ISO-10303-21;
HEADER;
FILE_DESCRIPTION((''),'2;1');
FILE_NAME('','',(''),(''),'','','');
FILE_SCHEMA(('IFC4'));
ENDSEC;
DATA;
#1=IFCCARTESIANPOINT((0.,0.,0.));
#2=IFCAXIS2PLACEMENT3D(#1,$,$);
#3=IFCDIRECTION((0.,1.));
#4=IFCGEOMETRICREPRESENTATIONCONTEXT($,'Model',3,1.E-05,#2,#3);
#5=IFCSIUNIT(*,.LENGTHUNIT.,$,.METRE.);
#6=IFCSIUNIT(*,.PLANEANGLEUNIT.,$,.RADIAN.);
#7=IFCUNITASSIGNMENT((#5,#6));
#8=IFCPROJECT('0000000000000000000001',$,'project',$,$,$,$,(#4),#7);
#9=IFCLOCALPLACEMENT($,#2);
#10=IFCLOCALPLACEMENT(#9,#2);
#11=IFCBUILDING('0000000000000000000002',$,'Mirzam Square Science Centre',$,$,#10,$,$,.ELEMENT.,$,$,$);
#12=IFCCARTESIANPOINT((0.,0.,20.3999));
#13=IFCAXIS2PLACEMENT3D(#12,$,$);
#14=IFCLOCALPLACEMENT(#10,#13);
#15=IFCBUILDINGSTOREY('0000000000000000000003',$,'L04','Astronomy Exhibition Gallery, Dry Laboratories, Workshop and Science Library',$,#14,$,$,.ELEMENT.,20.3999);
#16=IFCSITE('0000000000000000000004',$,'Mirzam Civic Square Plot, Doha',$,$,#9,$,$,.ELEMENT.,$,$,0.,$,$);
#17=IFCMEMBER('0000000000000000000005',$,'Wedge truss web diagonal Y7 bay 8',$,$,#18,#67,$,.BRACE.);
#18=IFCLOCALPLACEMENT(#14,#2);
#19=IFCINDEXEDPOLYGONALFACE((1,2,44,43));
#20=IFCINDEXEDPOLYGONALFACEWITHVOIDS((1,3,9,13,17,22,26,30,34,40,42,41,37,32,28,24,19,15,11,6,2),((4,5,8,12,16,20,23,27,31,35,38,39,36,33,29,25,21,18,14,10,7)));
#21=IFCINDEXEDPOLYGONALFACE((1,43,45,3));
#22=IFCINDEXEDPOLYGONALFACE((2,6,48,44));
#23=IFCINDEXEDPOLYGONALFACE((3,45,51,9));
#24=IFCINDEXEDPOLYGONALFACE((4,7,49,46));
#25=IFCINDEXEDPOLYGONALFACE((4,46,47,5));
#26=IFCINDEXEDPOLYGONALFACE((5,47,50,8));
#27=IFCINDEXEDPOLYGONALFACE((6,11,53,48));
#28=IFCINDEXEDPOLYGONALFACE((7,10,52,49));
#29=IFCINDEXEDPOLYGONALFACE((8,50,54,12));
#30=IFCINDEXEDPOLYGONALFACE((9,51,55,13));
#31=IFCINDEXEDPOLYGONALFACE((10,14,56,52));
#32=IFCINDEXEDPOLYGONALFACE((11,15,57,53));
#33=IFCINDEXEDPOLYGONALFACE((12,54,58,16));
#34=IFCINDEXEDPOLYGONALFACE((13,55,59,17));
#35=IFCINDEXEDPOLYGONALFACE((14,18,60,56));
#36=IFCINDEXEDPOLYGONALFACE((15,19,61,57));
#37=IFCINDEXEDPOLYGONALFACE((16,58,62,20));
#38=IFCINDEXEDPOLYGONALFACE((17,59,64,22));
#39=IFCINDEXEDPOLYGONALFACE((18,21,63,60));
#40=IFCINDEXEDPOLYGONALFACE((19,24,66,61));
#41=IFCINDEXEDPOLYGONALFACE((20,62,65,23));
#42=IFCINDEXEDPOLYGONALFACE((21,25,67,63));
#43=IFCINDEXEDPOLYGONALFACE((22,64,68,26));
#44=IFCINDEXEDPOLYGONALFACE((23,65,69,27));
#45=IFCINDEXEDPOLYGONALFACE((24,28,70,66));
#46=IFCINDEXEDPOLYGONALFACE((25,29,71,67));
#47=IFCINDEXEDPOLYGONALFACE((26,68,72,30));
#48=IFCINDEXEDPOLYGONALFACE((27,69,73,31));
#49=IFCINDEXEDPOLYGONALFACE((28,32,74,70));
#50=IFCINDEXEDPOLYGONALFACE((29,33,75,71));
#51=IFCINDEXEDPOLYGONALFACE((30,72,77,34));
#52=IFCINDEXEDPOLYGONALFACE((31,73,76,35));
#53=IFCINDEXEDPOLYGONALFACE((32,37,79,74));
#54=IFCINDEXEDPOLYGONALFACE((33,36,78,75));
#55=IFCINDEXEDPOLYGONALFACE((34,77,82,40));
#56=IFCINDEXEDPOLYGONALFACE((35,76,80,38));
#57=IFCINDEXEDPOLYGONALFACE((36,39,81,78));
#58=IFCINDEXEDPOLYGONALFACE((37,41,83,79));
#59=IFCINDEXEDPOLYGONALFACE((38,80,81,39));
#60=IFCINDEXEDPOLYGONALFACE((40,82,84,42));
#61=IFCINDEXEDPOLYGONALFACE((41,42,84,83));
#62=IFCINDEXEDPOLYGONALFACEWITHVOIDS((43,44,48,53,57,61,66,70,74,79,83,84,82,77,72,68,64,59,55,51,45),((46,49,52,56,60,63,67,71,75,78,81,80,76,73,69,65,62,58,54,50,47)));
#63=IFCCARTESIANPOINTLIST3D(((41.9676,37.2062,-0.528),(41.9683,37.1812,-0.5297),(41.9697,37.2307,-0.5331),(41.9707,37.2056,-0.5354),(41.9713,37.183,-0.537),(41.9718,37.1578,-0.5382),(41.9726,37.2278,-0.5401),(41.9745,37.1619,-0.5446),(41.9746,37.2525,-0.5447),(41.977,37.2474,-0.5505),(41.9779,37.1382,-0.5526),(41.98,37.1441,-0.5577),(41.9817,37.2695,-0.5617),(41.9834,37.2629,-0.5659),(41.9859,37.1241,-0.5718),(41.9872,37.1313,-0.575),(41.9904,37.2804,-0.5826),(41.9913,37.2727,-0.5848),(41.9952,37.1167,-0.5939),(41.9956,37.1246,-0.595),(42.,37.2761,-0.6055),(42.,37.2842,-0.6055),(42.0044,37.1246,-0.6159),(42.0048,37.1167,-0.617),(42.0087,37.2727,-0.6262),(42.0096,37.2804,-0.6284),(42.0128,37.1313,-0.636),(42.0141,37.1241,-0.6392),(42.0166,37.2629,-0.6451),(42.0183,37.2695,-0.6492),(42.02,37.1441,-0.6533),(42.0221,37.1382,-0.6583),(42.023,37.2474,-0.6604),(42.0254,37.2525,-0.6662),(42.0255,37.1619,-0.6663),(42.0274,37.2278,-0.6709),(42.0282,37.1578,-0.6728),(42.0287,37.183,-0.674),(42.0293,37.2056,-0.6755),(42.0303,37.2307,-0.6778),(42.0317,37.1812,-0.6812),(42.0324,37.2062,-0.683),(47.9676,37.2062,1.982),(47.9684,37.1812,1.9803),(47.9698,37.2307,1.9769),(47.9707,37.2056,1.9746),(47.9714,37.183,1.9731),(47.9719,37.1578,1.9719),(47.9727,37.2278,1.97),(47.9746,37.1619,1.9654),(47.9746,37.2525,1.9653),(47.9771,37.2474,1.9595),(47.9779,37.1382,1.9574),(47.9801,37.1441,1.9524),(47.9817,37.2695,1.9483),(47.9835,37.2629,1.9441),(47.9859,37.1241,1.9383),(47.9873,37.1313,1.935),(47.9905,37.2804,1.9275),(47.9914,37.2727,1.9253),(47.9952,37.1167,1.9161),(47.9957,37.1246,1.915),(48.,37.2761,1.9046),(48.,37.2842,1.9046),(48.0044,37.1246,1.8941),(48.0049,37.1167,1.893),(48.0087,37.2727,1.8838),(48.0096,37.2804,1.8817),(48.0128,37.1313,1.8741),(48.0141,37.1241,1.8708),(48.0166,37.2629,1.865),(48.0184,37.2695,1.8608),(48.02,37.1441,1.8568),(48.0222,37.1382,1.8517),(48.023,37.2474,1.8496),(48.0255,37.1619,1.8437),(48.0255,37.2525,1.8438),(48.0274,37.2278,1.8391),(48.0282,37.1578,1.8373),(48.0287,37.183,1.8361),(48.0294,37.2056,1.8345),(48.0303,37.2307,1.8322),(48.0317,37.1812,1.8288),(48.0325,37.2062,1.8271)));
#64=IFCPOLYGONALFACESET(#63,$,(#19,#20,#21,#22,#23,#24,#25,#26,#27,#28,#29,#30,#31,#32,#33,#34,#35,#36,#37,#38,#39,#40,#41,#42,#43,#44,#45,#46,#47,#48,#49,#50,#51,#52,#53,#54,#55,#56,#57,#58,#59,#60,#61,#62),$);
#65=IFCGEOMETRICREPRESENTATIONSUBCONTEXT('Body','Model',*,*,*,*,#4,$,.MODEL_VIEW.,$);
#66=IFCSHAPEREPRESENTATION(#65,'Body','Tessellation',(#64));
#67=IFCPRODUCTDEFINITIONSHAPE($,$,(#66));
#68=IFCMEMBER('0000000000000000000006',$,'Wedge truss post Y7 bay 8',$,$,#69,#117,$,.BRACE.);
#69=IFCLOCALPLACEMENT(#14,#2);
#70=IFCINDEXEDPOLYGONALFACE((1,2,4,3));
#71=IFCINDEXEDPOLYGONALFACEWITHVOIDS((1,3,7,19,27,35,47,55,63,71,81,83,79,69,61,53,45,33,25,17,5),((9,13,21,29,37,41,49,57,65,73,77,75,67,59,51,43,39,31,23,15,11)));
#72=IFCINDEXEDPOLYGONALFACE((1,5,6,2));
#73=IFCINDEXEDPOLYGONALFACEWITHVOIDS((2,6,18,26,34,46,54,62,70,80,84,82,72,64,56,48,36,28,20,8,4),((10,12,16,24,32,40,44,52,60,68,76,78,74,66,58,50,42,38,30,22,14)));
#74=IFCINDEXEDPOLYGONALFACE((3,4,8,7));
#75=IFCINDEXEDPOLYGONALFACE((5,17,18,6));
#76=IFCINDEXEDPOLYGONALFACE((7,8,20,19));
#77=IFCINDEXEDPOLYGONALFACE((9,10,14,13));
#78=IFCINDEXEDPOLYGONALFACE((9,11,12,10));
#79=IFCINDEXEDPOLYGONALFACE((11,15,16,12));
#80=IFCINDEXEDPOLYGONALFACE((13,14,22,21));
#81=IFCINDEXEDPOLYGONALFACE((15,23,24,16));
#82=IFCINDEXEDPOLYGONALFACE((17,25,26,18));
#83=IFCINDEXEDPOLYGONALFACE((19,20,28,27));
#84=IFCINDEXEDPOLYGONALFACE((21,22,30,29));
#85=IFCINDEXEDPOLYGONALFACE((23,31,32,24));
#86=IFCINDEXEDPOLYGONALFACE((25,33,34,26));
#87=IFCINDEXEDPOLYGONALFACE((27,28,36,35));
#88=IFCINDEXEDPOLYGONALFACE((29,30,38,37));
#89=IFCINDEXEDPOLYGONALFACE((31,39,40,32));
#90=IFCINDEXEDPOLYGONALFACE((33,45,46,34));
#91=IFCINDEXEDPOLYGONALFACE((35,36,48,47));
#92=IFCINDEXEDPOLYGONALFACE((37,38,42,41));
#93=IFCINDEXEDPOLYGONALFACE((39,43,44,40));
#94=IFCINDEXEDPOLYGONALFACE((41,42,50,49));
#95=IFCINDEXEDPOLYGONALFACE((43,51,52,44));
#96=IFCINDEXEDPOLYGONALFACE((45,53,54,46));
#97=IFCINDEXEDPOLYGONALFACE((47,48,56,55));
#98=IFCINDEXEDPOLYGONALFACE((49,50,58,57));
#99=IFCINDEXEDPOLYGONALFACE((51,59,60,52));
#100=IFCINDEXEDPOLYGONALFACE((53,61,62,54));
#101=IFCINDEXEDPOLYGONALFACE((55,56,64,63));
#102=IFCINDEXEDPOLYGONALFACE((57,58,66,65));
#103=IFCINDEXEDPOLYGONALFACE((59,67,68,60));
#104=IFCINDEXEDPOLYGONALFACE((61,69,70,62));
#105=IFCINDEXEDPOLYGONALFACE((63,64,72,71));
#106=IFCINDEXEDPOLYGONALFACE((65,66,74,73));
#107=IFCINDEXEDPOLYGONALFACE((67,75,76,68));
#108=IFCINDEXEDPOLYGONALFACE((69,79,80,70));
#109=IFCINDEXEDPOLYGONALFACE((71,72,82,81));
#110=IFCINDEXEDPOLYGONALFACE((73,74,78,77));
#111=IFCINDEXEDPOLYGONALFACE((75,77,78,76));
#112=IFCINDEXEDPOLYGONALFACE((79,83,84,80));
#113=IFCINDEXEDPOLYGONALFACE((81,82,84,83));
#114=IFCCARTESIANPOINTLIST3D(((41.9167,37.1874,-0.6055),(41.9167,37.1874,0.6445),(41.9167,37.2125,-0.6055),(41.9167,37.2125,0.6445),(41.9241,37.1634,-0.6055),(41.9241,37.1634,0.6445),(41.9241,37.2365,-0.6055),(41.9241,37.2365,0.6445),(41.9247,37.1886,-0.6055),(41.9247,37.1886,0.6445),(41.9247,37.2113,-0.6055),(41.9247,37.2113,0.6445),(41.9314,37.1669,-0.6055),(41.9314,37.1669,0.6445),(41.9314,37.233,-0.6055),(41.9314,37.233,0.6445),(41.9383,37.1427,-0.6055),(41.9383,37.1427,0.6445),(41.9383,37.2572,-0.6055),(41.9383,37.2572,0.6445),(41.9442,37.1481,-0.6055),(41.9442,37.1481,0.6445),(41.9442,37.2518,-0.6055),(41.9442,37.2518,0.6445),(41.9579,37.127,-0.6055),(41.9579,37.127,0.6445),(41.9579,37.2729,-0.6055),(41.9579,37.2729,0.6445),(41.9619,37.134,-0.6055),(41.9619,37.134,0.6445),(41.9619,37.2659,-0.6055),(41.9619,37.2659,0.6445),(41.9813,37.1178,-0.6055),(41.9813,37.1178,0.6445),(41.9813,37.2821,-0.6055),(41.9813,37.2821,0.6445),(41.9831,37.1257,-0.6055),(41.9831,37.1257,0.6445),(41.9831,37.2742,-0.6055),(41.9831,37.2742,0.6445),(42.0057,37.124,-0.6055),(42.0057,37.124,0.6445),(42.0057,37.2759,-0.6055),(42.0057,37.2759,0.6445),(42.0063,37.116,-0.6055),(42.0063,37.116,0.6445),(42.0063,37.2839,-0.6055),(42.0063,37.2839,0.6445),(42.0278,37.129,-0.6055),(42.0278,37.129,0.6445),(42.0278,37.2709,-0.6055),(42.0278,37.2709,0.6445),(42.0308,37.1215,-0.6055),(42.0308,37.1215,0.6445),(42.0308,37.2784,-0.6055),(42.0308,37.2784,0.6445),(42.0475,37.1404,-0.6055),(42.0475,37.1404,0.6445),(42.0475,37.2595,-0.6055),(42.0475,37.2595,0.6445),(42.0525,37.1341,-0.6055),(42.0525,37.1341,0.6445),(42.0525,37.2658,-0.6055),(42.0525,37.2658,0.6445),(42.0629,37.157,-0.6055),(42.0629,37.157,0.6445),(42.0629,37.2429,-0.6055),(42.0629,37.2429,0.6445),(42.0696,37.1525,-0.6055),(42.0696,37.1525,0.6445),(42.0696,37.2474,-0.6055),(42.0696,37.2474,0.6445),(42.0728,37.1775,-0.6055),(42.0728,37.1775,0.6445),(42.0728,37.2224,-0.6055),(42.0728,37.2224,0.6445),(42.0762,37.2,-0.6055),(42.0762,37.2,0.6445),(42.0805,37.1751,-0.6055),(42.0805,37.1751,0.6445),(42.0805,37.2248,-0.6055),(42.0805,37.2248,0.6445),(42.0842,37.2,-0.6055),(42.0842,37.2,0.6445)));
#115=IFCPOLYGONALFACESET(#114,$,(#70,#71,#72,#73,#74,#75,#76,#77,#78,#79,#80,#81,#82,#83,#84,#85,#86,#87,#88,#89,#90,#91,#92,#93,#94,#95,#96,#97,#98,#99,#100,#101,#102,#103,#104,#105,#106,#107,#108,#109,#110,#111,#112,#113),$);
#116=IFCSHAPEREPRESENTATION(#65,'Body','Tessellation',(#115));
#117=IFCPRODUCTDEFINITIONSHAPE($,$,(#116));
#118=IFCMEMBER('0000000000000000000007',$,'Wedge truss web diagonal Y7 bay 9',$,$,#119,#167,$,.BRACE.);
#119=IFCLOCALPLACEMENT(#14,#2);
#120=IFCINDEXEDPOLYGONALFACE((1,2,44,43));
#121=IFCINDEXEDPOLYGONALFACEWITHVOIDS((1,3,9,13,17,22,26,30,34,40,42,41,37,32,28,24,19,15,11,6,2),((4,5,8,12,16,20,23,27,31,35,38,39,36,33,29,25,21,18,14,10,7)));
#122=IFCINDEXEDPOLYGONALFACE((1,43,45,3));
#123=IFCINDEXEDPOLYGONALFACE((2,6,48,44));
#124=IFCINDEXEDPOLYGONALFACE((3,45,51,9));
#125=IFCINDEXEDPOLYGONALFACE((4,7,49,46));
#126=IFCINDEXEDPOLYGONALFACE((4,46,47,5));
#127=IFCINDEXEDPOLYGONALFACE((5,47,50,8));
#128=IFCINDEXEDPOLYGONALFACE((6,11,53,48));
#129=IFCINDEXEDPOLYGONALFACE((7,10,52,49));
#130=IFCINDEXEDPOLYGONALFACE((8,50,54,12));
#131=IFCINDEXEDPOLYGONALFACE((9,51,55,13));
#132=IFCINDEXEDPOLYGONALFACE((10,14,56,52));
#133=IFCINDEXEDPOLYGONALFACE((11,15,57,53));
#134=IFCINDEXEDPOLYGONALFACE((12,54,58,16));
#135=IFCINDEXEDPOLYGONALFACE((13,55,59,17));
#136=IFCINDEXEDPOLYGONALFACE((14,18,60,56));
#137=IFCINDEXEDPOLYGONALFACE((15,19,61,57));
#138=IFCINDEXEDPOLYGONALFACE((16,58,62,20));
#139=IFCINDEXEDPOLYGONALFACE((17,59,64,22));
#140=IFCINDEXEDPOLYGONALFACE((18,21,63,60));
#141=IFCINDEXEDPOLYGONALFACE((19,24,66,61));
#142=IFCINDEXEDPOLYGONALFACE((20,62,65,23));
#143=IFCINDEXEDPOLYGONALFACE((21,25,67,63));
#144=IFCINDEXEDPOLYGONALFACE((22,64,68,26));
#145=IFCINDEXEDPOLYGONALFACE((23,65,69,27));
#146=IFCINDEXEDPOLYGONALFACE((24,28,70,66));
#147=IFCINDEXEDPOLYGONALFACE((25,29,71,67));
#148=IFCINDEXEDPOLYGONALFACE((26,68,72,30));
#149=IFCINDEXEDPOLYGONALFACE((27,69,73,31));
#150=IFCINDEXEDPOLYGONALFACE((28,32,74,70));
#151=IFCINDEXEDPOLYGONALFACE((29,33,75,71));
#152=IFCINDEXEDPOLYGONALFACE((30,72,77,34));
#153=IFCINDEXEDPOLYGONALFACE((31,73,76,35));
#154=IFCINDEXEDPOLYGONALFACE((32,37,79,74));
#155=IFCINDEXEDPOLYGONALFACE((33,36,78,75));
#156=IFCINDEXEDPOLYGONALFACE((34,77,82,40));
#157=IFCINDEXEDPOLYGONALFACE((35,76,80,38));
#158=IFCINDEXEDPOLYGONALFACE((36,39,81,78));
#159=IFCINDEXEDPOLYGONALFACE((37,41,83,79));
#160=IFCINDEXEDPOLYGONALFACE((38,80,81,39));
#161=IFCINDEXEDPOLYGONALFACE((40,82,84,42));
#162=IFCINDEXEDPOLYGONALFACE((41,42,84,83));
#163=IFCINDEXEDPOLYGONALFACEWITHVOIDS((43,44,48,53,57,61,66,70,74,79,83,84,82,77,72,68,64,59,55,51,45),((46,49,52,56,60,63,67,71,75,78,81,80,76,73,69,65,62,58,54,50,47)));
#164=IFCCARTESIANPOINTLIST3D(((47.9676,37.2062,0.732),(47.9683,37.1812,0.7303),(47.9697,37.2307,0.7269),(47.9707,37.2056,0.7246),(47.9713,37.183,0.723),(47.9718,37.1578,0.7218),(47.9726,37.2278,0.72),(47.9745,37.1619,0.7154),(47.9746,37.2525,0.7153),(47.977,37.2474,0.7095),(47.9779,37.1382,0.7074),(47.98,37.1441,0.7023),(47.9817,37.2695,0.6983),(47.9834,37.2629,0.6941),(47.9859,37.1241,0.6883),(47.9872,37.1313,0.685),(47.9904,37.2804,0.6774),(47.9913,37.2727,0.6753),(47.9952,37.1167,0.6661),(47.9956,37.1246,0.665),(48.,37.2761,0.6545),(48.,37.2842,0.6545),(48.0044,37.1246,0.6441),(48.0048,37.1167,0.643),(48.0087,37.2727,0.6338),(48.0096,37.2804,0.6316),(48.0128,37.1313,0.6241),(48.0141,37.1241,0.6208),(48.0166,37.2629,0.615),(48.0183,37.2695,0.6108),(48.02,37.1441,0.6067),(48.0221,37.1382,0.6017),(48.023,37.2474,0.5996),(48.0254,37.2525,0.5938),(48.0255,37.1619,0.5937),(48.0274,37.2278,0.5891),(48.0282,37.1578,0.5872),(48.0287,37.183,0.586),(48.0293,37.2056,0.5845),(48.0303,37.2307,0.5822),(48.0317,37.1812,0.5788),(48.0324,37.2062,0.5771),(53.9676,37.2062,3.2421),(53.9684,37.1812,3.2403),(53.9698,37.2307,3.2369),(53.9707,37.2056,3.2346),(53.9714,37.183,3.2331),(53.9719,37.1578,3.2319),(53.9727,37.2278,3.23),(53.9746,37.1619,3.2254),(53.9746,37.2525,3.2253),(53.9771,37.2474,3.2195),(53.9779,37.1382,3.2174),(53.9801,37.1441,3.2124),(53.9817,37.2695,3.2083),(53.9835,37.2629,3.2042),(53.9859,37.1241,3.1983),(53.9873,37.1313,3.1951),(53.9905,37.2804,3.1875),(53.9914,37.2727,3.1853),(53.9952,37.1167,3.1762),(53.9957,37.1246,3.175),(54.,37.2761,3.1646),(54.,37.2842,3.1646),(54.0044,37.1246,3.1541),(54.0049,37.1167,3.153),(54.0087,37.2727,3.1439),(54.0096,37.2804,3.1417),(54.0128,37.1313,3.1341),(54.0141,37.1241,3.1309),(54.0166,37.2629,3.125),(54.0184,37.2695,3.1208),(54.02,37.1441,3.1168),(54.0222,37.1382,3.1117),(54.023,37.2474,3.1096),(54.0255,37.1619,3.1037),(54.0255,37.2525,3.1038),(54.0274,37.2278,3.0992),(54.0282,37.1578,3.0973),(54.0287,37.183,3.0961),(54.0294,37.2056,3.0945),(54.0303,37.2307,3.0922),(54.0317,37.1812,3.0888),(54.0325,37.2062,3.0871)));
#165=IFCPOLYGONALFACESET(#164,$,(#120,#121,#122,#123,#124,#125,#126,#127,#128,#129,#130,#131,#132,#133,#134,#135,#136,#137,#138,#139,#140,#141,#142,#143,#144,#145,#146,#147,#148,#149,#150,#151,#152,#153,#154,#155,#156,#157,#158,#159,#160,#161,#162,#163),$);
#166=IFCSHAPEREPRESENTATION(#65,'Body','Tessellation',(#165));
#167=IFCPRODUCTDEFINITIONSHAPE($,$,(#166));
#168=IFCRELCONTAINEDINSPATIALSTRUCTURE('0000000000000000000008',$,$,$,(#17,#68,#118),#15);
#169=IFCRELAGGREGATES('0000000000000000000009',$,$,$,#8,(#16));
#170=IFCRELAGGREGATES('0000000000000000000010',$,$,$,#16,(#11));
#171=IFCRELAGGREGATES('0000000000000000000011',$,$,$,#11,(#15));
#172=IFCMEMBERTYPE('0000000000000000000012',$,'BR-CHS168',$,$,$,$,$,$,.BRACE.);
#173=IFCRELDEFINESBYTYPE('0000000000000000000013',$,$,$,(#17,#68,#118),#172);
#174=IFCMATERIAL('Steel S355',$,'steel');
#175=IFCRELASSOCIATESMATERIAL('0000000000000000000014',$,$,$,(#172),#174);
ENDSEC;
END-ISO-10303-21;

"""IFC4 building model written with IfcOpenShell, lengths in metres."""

from ifc_helpers import new_model, si_unit, direction, frame, origin, origin_2d, place, context, subcontext, project, spatial, hollow_circle, extrude, material, material_profile, profile_set, type_object, element, save


model = new_model("IFC4")

# Units and contexts
model_context = context("Model", 3, precision=1e-05, world=origin(), true_north=direction((0.0, 1.0)))
body_context = subcontext(model_context, "Body", "Model", "MODEL_VIEW")
ifc_project = project(units=[si_unit("LENGTHUNIT", "METRE"), si_unit("PLANEANGLEUNIT", "RADIAN")], contexts=[model_context])

# Site, building, storey
site_placement = place(None, origin())
site = spatial("IfcSite", under=ifc_project, at=site_placement, Name="Mirzam Civic Square Plot, Doha", CompositionType="ELEMENT", RefElevation=0.0)
building_placement = place(site_placement, origin())
building = spatial("IfcBuilding", under=site, at=building_placement, Name="Mirzam Square Science Centre", CompositionType="ELEMENT")
storey_placement = place(building_placement, frame((0.0, 0.0, 20.3999)))
storey = spatial("IfcBuildingStorey", under=building, at=storey_placement, Name="L04", Description="Astronomy Exhibition Gallery, Dry Laboratories, Workshop and Science Library", CompositionType="ELEMENT", Elevation=20.3999)

# Members
ifc_material_1 = material(Name="Steel S355", Category="steel")
ifc_material_profile_1 = material_profile(ifc_material_1, hollow_circle(Radius=0.0842, WallThickness=0.0081, at=origin_2d()), Name="168.3x8.0CHS")
ifc_profile_set_1 = profile_set([ifc_material_profile_1], Name="Steel S355")
member_type_1 = type_object("IfcMemberType", Name="BR-CHS168", PredefinedType="BRACE", material=ifc_profile_set_1)
member_1_placement = place(storey_placement, frame((42.0, 37.2, -0.6055), z_axis=(0.92253, 0.0, 0.385926), x_axis=(0.0, 1.0, 0.0)))
element("IfcMember", 1, at=member_1_placement, inside=storey, type_object=member_type_1, Name="Wedge truss web diagonal Y7 bay 8", PredefinedType="BRACE", context=body_context, shape_type="SweptSolid", body=[
    extrude(hollow_circle(Radius=0.0842, WallThickness=0.0081, at=origin_2d()), origin(), (0.0, 0.0, 1.0), 6.5039),
])
member_2_placement = place(storey_placement, frame((42.0, 37.2, -0.6055), z_axis=(0.0, 0.0, 1.0), x_axis=(1.0, 0.0, 0.0)))
element("IfcMember", 2, at=member_2_placement, inside=storey, type_object=member_type_1, Name="Wedge truss post Y7 bay 8", PredefinedType="BRACE", context=body_context, shape_type="SweptSolid", body=[
    extrude(hollow_circle(Radius=0.0842, WallThickness=0.0081, at=origin_2d()), origin(), (0.0, 0.0, 1.0), 1.25),
])
member_3_placement = place(storey_placement, frame((48.0, 37.2, 0.6545), z_axis=(0.92253, 0.0, 0.385926), x_axis=(0.0, 1.0, 0.0)))
element("IfcMember", 3, at=member_3_placement, inside=storey, type_object=member_type_1, Name="Wedge truss web diagonal Y7 bay 9", PredefinedType="BRACE", context=body_context, shape_type="SweptSolid", body=[
    extrude(hollow_circle(Radius=0.0842, WallThickness=0.0081, at=origin_2d()), origin(), (0.0, 0.0, 1.0), 6.5039),
])

save(model, "model.ifc")
